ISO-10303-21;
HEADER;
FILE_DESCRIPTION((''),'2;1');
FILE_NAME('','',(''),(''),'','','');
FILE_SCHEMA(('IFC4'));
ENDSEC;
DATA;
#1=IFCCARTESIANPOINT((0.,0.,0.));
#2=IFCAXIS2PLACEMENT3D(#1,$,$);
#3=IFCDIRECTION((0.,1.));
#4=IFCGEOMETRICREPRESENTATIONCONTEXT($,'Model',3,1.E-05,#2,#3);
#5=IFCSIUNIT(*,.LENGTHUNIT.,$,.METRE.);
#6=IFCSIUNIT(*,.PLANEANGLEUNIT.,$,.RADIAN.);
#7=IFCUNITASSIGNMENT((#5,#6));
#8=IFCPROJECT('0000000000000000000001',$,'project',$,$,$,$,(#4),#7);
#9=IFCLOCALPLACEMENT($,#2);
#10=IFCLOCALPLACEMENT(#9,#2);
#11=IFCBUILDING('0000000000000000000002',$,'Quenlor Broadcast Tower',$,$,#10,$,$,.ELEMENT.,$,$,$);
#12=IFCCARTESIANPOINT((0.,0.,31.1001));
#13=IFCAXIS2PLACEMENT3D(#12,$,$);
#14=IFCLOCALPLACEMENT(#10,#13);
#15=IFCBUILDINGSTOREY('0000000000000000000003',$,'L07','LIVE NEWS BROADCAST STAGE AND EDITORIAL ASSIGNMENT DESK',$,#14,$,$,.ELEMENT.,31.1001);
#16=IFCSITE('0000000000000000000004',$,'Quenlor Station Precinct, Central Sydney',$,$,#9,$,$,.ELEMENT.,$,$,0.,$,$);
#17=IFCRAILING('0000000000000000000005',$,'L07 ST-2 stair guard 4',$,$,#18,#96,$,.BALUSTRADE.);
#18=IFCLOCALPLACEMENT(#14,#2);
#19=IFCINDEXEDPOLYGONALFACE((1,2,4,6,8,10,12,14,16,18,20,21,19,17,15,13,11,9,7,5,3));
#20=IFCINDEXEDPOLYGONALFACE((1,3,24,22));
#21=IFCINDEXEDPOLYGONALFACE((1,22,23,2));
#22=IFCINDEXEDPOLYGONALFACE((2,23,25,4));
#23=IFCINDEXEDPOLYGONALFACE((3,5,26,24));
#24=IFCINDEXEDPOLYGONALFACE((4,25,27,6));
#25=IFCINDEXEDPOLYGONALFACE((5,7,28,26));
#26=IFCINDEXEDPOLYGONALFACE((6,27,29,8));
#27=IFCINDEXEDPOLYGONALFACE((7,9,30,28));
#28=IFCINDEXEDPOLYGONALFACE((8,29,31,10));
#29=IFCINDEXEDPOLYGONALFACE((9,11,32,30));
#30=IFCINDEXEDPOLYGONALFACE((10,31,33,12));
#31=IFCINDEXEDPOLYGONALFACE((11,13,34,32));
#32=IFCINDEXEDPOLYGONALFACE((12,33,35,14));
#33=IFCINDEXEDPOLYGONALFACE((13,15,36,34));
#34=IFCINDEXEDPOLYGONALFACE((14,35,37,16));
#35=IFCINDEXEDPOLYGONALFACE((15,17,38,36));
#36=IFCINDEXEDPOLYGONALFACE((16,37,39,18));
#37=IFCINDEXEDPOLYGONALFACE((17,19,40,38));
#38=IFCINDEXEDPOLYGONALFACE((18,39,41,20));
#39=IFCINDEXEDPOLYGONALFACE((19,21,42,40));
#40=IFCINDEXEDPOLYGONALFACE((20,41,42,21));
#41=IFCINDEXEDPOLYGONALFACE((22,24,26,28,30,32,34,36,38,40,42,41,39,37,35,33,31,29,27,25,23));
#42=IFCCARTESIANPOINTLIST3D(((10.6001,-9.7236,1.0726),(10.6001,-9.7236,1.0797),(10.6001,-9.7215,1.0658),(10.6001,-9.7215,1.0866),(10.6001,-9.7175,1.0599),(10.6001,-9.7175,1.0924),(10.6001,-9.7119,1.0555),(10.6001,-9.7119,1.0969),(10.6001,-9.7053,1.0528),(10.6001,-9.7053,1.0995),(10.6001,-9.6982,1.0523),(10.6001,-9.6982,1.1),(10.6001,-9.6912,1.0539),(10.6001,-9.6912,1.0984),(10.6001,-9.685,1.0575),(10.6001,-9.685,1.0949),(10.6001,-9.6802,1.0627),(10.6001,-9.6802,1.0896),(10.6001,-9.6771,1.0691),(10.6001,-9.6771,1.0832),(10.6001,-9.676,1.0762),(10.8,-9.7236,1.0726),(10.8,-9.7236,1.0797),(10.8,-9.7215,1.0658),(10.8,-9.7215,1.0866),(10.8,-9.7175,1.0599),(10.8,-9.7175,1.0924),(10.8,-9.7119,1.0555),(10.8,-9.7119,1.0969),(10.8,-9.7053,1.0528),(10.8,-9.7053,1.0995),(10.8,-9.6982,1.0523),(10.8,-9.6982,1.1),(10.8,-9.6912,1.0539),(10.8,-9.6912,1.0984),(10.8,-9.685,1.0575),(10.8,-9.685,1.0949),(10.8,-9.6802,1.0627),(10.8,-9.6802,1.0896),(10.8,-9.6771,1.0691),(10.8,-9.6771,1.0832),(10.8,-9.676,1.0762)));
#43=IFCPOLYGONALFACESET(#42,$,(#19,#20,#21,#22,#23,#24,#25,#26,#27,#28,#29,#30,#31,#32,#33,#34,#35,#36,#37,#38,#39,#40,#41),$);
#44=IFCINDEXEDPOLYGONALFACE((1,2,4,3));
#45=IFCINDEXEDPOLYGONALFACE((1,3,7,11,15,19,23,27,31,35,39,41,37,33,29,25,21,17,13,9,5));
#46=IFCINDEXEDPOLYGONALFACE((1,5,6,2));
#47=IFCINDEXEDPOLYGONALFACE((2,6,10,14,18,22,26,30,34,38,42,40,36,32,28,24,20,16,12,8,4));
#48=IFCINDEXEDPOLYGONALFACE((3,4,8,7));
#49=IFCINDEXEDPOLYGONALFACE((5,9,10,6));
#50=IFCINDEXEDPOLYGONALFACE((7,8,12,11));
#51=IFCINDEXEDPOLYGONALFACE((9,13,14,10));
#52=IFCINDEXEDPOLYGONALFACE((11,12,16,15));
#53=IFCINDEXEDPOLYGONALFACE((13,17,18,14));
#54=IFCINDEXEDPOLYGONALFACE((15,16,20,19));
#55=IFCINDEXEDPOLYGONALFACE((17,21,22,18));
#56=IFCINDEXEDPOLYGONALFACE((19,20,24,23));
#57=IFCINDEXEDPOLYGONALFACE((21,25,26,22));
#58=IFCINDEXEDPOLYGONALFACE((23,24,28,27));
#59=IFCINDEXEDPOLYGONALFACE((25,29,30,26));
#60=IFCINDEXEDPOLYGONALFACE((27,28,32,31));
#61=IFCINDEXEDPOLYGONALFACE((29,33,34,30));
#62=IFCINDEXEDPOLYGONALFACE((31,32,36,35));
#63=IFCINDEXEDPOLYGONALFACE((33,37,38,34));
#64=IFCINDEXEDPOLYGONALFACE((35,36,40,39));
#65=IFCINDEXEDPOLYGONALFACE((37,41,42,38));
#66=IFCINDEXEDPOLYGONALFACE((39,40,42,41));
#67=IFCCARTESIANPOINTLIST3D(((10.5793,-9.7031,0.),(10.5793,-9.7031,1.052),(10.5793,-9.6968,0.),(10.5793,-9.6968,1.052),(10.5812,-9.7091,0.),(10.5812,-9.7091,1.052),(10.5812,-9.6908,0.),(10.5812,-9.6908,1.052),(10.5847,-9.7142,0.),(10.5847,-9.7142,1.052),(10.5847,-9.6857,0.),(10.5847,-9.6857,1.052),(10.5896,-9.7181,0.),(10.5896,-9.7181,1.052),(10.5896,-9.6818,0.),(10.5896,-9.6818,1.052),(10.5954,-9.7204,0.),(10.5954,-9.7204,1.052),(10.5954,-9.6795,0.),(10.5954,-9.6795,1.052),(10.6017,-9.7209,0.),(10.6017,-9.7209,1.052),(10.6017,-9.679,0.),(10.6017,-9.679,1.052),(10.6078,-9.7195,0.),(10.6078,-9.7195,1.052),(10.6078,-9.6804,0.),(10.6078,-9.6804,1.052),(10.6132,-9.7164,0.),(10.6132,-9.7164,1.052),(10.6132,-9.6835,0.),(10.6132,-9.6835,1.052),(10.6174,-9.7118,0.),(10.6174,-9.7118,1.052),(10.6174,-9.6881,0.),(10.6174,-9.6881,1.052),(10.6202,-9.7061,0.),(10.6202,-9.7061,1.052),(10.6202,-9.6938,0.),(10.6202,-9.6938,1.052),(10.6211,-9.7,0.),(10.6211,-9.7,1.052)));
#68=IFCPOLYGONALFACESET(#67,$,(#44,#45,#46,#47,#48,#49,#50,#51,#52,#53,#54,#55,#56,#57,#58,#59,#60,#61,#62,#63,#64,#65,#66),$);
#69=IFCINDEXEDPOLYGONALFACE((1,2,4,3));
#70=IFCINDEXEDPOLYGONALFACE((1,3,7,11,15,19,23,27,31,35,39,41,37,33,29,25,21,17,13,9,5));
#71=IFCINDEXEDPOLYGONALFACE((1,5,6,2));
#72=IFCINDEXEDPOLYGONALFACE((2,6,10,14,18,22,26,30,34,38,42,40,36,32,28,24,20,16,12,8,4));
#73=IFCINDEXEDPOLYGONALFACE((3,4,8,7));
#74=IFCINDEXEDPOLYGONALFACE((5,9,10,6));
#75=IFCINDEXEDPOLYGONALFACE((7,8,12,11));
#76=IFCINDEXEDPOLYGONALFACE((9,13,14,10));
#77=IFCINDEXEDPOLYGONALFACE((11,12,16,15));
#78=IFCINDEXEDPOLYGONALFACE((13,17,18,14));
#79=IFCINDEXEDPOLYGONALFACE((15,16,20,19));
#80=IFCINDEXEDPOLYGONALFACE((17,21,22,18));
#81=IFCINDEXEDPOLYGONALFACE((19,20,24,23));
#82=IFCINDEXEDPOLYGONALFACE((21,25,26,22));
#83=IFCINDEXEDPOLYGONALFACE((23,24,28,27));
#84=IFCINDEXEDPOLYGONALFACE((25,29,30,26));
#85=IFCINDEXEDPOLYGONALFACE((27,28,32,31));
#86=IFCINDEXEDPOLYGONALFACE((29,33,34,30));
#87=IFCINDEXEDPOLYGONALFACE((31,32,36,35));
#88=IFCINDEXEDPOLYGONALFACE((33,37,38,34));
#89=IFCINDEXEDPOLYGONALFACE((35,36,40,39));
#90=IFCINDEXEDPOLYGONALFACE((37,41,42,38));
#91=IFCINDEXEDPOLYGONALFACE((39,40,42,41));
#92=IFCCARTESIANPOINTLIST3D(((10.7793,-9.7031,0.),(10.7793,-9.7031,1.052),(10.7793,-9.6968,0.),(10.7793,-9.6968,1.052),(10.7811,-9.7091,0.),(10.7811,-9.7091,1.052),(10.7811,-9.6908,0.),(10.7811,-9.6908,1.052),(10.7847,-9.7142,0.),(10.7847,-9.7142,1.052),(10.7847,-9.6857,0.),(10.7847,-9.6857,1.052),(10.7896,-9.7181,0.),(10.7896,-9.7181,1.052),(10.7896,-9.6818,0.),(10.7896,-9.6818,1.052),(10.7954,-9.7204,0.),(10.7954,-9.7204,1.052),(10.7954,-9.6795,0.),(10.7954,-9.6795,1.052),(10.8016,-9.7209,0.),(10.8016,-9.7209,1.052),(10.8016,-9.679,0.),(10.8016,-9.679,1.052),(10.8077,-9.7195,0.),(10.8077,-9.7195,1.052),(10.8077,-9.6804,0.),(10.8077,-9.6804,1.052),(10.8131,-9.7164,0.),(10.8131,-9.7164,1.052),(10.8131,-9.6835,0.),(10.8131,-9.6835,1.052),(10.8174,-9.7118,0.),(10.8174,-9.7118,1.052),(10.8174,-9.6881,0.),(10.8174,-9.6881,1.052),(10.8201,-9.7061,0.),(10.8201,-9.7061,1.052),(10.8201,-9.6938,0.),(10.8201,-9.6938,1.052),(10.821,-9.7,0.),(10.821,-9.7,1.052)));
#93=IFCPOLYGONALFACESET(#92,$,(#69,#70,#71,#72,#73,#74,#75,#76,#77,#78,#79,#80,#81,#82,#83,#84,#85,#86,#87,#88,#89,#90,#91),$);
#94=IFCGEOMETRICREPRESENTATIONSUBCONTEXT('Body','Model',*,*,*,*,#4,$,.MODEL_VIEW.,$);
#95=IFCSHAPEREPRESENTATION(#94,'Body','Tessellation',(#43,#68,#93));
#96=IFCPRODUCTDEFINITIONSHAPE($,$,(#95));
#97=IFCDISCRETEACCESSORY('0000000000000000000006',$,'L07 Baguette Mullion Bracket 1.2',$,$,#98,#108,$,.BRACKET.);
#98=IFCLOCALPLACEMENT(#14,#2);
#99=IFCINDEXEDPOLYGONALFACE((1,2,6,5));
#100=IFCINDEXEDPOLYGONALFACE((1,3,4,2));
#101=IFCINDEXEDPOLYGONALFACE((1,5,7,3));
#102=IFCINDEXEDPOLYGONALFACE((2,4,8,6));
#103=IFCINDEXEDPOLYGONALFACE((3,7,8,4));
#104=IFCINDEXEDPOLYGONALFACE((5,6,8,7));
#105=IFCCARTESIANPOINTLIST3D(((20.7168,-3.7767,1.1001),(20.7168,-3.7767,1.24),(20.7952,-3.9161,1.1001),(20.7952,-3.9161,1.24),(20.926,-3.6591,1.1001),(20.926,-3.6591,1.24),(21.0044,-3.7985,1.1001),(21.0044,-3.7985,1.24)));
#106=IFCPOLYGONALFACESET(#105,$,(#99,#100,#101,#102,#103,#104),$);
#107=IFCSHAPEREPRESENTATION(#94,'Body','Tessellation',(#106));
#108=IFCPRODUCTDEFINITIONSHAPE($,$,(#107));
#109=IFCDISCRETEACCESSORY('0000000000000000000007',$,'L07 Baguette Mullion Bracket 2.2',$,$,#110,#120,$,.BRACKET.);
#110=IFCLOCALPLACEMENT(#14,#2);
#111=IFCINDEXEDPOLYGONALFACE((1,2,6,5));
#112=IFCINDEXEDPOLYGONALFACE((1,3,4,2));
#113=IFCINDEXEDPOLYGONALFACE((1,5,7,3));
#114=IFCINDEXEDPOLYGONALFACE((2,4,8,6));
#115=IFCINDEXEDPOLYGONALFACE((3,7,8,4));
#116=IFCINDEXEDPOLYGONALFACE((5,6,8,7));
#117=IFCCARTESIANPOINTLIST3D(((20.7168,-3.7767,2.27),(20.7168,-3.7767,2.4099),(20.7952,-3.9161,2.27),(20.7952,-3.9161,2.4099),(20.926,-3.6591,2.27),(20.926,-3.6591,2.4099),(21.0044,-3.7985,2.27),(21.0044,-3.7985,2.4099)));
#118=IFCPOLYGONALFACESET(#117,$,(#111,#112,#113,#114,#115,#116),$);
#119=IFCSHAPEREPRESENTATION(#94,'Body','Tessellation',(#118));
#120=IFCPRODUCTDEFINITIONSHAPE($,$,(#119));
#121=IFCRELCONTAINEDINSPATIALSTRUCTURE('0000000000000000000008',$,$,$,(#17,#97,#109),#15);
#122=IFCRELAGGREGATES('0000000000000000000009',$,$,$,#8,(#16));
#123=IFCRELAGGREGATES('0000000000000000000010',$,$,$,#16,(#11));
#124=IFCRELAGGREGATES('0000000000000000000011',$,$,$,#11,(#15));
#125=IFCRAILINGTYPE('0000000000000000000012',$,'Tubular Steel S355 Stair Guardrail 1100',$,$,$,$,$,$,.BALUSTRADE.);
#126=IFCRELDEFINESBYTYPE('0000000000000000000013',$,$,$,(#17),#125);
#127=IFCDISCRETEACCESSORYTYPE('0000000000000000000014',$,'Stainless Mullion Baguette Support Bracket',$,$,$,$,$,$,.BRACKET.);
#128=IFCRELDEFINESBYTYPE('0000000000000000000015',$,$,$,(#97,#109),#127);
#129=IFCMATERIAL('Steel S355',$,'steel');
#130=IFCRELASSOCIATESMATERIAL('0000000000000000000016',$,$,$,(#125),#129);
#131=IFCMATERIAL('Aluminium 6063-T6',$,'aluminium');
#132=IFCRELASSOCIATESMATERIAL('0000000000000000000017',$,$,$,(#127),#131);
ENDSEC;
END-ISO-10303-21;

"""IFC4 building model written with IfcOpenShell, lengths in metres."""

from ifc_helpers import new_model, si_unit, direction, frame, origin, origin_2d, place, context, subcontext, project, spatial, rectangle, circle, extrude, material, type_object, element, save


model = new_model("IFC4")

# Units and contexts
model_context = context("Model", 3, precision=1e-05, world=origin(), true_north=direction((0.0, 1.0)))
body_context = subcontext(model_context, "Body", "Model", "MODEL_VIEW")
ifc_project = project(units=[si_unit("LENGTHUNIT", "METRE"), si_unit("PLANEANGLEUNIT", "RADIAN")], contexts=[model_context])

# Site, building, storey
site_placement = place(None, origin())
site = spatial("IfcSite", under=ifc_project, at=site_placement, Name="Quenlor Station Precinct, Central Sydney", CompositionType="ELEMENT", RefElevation=0.0)
building_placement = place(site_placement, origin())
building = spatial("IfcBuilding", under=site, at=building_placement, Name="Quenlor Broadcast Tower", CompositionType="ELEMENT")
storey_placement = place(building_placement, frame((0.0, 0.0, 31.1001)))
storey = spatial("IfcBuildingStorey", under=building, at=storey_placement, Name="L07", Description="LIVE NEWS BROADCAST STAGE AND EDITORIAL ASSIGNMENT DESK", CompositionType="ELEMENT", Elevation=31.1001)

# Railing
ifc_material_1 = material(Name="Steel S355", Category="steel")
railing_type = type_object("IfcRailingType", Name="Tubular Steel S355 Stair Guardrail 1100", PredefinedType="BALUSTRADE", material=ifc_material_1)
railing_1_placement = place(storey_placement, frame((10.6001, -9.7, 0.0)))
element("IfcRailing", 1, at=railing_1_placement, inside=storey, type_object=railing_type, Name="L07 ST-2 stair guard 4", PredefinedType="BALUSTRADE", context=body_context, shape_type="SweptSolid", body=[
    extrude(circle(Radius=0.0239, at=origin_2d()), frame((0.0, 0.0, 1.0762), z_axis=(1.0, 0.0, 0.0), x_axis=(0.0, 1.0, 0.0)), (0.0, 0.0, 1.0), 0.2),
    extrude(circle(Radius=0.021, at=origin_2d()), origin(), (0.0, 0.0, 1.0), 1.052),
    extrude(circle(Radius=0.021, at=origin_2d()), frame((0.2, 0.0, 0.0)), (0.0, 0.0, 1.0), 1.052),
])

# Discrete accessories
ifc_material_2 = material(Name="Aluminium 6063-T6", Category="aluminium")
discrete_accessory_type = type_object("IfcDiscreteAccessoryType", Name="Stainless Mullion Baguette Support Bracket", PredefinedType="BRACKET", material=ifc_material_2)
for number, where, z_axis, x_axis, name in (
    (2, (20.8606, -3.7876, 1.1001), (0.0, 0.0, 1.0), (0.490257, -0.871578, 0.0), "L07 Baguette Mullion Bracket 1.2"),
    (3, (20.8606, -3.7876, 2.27), (0.0, 0.0, 1.0), (0.490257, -0.871578, 0.0), "L07 Baguette Mullion Bracket 2.2"),
):
    element("IfcDiscreteAccessory", number, at=place(storey_placement, frame(where, z_axis=z_axis, x_axis=x_axis)), inside=storey, type_object=discrete_accessory_type, Name=name, PredefinedType="BRACKET", context=body_context, shape_type="SweptSolid", body=[
        extrude(rectangle(XDim=0.1599, YDim=0.24, at=origin_2d()), origin(), (0.0, 0.0, 1.0), 0.1399),
    ])

save(model, "model.ifc")
